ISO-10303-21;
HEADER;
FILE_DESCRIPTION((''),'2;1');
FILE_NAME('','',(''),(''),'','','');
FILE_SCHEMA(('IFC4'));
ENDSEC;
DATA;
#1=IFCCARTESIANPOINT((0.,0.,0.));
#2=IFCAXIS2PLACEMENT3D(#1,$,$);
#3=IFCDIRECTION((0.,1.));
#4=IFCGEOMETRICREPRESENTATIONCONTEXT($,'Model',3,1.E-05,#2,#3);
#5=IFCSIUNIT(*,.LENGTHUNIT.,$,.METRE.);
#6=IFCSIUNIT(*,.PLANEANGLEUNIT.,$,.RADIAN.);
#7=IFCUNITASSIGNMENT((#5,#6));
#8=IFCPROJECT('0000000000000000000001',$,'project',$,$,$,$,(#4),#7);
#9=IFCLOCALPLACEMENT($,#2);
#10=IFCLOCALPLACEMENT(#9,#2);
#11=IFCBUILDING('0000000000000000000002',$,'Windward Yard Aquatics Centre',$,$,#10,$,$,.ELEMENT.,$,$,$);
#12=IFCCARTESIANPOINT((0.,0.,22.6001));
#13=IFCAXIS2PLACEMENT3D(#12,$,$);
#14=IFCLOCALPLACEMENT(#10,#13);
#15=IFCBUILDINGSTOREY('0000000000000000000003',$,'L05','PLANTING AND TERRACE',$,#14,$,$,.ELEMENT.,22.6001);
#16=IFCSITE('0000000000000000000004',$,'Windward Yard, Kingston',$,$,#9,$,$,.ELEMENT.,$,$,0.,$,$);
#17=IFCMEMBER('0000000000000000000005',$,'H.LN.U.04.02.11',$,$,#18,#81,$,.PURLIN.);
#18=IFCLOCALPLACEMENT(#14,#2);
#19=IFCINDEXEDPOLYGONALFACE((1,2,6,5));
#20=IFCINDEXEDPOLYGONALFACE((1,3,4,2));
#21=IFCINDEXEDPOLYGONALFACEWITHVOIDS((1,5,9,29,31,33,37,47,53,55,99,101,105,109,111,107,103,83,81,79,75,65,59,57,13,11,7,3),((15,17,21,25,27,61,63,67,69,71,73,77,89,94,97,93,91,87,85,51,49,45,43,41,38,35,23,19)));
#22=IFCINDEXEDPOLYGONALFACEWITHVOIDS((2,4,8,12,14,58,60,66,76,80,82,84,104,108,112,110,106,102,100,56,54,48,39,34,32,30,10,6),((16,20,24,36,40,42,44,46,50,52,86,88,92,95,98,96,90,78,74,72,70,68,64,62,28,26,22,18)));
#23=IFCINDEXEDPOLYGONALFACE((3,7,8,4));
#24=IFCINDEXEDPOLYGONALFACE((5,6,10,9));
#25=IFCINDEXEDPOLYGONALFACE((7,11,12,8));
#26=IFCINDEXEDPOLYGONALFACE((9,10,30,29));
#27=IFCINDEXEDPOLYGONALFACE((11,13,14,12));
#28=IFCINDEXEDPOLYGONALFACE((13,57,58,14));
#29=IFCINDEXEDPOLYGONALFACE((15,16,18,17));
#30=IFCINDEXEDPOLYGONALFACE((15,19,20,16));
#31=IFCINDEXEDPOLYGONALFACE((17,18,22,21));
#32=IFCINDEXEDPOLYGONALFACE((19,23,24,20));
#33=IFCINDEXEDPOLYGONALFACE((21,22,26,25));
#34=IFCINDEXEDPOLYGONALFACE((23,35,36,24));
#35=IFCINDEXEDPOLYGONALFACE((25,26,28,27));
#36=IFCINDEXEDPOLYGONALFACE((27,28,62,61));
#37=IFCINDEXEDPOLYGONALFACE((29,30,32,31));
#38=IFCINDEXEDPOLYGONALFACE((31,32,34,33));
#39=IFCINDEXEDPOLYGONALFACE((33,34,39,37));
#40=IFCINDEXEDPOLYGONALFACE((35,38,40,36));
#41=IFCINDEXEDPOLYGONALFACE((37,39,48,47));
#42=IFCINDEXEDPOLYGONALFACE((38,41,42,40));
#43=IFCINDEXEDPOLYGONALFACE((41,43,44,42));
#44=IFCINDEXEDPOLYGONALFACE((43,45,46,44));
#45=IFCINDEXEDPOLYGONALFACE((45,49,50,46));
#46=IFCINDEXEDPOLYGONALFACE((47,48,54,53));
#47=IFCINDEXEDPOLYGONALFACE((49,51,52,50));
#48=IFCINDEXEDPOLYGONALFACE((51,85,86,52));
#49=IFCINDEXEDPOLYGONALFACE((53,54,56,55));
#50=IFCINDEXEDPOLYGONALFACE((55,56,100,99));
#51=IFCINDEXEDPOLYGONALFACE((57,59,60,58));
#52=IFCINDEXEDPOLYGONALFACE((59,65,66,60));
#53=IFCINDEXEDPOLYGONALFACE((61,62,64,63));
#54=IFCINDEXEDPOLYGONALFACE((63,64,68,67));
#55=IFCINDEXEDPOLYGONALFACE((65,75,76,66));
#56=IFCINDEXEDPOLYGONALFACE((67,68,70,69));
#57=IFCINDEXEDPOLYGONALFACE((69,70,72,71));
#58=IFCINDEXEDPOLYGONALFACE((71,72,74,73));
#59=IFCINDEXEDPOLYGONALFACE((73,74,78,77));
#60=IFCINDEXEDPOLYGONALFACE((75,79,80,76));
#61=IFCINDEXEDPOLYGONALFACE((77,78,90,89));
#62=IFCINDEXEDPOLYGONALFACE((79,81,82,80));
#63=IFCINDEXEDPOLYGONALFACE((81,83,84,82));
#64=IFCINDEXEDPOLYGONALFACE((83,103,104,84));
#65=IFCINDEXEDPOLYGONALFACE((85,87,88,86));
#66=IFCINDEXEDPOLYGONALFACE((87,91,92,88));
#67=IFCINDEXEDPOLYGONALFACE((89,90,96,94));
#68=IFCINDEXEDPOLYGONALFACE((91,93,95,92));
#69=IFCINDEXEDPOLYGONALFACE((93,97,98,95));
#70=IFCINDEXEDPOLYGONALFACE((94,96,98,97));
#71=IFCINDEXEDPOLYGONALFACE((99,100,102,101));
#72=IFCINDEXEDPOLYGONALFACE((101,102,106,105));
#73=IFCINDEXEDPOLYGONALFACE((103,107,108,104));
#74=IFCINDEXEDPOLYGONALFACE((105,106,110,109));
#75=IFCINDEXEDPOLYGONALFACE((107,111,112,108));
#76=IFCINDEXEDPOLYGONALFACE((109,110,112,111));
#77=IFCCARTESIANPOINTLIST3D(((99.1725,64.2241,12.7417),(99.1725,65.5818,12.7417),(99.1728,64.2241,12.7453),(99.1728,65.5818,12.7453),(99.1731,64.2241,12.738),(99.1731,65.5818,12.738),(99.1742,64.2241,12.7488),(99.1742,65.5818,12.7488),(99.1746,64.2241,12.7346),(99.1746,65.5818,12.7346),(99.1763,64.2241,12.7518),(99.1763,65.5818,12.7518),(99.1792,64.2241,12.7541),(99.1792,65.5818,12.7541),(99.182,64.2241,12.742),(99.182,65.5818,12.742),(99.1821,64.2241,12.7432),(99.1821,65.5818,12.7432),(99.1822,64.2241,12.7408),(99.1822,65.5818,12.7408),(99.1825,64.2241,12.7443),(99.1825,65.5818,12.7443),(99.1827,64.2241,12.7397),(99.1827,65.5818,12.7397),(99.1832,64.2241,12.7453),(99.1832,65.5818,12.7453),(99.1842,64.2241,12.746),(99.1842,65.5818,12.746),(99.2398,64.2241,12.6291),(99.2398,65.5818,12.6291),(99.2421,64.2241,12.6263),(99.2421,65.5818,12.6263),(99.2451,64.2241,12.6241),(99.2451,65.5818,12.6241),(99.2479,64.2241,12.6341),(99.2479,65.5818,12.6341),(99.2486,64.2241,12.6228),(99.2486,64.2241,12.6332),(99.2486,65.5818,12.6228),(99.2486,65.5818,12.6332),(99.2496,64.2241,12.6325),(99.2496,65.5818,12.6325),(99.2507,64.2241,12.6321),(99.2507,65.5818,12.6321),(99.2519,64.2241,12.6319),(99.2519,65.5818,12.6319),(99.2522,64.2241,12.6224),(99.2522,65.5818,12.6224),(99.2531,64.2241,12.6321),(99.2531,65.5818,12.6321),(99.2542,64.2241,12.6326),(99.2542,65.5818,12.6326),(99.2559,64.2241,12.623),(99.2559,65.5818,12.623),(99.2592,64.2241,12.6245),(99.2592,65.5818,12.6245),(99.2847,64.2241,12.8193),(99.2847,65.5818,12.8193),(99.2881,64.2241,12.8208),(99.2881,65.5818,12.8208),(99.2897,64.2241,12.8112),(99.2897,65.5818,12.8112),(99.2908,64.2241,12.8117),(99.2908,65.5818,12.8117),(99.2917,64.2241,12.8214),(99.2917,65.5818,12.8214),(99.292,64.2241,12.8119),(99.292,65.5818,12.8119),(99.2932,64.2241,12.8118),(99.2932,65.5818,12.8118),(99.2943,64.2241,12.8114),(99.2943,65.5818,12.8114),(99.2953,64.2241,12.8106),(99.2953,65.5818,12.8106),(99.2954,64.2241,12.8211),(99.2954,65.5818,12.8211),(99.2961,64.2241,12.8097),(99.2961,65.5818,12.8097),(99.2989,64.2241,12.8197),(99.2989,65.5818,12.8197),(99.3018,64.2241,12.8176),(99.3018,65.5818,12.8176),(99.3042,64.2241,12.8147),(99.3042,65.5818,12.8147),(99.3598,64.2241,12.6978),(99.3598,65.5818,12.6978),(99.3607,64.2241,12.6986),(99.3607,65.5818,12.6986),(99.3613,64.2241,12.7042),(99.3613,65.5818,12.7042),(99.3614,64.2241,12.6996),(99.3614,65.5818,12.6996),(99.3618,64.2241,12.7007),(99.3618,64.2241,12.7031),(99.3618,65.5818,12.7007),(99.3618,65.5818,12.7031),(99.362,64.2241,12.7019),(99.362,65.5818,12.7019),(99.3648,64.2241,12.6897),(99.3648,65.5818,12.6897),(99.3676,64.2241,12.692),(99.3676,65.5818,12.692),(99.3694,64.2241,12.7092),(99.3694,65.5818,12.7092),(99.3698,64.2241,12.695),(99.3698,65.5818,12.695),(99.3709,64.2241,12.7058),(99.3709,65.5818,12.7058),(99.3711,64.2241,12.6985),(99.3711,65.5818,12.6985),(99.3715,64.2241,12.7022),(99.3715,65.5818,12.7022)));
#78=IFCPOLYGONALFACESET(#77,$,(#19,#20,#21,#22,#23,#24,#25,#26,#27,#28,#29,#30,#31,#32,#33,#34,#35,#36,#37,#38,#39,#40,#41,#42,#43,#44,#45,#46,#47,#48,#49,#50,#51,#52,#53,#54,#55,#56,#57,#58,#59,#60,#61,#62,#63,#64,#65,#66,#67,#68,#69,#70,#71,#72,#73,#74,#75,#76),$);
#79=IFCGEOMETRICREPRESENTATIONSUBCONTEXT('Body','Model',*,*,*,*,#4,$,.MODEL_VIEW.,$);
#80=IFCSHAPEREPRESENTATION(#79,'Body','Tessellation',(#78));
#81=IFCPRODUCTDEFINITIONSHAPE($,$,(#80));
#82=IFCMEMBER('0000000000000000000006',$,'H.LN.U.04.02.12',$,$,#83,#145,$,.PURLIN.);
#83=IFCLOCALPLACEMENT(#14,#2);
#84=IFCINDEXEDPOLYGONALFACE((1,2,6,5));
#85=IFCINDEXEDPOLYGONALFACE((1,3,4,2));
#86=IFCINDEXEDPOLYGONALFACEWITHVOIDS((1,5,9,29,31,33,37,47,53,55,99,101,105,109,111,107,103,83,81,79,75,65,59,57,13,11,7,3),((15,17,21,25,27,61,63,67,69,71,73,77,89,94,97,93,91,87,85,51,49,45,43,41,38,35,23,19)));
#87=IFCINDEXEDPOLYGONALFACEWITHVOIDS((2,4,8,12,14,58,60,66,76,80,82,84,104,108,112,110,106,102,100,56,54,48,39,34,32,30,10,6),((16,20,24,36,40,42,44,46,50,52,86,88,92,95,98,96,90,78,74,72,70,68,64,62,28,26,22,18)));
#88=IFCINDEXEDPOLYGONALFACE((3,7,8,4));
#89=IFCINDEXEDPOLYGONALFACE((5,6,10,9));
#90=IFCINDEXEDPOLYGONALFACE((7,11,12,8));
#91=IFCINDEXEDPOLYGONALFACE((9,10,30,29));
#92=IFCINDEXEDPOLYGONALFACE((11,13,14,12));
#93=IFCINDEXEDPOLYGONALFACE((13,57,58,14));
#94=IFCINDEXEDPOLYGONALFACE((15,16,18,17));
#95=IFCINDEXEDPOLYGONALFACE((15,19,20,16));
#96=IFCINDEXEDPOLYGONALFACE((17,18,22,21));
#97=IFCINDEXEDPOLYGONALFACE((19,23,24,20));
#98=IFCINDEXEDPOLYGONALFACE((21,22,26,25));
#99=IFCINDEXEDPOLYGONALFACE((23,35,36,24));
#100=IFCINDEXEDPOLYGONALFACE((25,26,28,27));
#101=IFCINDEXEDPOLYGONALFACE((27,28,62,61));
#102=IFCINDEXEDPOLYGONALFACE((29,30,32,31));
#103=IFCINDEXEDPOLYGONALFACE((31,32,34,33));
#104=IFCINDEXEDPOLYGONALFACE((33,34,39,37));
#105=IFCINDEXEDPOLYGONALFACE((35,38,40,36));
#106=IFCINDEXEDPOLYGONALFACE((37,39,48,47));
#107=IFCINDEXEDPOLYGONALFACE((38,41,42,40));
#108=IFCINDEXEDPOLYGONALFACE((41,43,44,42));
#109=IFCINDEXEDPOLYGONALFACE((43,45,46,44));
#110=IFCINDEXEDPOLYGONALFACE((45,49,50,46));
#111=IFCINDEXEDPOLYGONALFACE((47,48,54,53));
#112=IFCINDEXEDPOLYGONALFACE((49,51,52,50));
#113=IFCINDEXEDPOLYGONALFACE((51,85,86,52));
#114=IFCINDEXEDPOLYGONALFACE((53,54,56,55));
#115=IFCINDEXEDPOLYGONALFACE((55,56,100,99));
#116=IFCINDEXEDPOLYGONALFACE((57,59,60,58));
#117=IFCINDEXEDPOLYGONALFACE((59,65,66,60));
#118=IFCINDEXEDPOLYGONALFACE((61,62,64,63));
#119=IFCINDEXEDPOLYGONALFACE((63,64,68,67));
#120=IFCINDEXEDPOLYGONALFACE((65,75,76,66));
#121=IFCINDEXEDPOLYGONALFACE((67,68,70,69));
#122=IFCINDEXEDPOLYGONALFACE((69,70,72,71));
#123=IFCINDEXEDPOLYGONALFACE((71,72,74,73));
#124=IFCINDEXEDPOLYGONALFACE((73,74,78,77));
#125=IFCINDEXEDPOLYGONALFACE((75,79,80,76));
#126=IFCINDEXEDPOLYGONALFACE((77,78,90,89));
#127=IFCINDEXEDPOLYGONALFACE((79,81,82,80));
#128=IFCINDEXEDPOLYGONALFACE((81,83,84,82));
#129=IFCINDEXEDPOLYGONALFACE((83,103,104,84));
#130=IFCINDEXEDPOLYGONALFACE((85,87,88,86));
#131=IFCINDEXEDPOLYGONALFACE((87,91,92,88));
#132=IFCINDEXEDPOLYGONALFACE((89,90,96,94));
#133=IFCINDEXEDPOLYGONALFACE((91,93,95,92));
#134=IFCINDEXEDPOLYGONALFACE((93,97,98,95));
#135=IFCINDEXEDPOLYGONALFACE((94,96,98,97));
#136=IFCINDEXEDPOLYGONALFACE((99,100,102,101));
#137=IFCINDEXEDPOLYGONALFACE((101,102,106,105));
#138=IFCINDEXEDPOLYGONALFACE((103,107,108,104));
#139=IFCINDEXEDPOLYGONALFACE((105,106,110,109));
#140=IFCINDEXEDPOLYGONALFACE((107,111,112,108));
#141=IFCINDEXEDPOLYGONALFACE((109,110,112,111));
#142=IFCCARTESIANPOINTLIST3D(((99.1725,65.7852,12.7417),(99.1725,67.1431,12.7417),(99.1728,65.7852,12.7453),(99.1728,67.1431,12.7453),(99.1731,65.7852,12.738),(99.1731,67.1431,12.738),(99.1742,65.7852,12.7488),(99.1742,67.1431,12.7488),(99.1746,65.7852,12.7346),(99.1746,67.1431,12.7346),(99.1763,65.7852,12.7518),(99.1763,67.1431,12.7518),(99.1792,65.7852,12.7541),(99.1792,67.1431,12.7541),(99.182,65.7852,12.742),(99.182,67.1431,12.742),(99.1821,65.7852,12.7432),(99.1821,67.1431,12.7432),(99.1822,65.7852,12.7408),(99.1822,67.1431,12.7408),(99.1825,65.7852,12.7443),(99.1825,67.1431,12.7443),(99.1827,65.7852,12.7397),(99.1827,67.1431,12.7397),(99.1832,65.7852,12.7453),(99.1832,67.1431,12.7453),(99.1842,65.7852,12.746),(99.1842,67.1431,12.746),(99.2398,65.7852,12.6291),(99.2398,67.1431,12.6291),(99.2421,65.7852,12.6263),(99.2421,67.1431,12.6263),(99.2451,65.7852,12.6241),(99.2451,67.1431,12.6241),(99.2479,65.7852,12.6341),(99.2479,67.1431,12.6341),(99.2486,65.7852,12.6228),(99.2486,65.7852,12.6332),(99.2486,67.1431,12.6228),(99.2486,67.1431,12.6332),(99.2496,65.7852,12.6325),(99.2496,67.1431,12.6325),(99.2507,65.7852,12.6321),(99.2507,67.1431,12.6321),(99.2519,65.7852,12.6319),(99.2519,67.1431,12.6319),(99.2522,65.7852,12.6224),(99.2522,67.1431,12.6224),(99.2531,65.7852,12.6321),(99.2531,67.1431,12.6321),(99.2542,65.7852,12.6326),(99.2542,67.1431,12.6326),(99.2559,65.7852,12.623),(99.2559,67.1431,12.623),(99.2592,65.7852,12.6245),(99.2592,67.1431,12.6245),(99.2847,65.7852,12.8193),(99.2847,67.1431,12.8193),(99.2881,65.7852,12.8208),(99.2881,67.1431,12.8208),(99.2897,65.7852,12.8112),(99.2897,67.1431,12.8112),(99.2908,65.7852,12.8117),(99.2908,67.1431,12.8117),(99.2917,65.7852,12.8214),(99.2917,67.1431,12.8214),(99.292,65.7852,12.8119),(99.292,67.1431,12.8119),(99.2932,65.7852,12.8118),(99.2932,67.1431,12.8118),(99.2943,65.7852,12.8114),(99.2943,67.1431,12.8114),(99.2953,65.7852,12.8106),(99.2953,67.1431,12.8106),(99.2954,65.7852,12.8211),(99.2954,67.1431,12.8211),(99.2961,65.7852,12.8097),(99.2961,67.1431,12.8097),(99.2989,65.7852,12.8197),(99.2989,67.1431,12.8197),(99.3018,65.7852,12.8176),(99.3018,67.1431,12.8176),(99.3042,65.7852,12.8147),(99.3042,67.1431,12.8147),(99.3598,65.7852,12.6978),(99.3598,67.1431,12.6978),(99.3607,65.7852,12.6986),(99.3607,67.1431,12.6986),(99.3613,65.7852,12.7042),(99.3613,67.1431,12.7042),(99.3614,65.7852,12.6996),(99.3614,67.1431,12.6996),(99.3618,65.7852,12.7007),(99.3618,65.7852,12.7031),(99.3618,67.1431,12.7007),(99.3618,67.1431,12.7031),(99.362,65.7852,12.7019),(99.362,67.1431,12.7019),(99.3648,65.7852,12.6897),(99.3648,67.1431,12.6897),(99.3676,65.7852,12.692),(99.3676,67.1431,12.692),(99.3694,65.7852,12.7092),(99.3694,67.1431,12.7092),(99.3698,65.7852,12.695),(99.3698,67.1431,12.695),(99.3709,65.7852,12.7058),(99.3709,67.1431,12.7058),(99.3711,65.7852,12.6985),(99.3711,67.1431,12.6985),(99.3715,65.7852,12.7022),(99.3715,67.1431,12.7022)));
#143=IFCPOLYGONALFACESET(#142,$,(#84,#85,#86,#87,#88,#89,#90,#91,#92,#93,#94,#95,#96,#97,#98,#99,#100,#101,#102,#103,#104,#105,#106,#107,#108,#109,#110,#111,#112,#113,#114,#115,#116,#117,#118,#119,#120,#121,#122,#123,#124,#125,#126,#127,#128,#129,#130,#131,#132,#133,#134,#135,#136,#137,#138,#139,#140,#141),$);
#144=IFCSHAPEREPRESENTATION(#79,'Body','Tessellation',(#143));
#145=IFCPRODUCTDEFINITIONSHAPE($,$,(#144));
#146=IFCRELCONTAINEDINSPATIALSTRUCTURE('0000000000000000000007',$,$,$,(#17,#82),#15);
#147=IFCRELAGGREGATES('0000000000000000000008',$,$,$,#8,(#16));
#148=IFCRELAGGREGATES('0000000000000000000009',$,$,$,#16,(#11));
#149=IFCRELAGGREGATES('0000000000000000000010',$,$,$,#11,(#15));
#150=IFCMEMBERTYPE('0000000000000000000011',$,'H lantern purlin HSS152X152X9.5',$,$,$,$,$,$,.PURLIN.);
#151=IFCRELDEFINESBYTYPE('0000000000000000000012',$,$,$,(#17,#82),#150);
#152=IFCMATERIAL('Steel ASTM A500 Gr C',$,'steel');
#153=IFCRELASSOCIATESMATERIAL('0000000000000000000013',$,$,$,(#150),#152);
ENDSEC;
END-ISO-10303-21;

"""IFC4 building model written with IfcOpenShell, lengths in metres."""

from ifc_helpers import new_model, si_unit, direction, frame, origin, origin_2d, place, context, subcontext, project, spatial, hollow_rectangle, extrude, material, material_profile, profile_set, type_object, element, save


model = new_model("IFC4")

# Units and contexts
model_context = context("Model", 3, precision=1e-05, world=origin(), true_north=direction((0.0, 1.0)))
body_context = subcontext(model_context, "Body", "Model", "MODEL_VIEW")
ifc_project = project(units=[si_unit("LENGTHUNIT", "METRE"), si_unit("PLANEANGLEUNIT", "RADIAN")], contexts=[model_context])

# Site, building, storey
site_placement = place(None, origin())
site = spatial("IfcSite", under=ifc_project, at=site_placement, Name="Windward Yard, Kingston", CompositionType="ELEMENT", RefElevation=0.0)
building_placement = place(site_placement, origin())
building = spatial("IfcBuilding", under=site, at=building_placement, Name="Windward Yard Aquatics Centre", CompositionType="ELEMENT")
storey_placement = place(building_placement, frame((0.0, 0.0, 22.6001)))
storey = spatial("IfcBuildingStorey", under=building, at=storey_placement, Name="L05", Description="PLANTING AND TERRACE", CompositionType="ELEMENT", Elevation=22.6001)

# Members
ifc_material_1 = material(Name="Steel ASTM A500 Gr C", Category="steel")
ifc_material_profile_1 = material_profile(ifc_material_1, hollow_rectangle(XDim=0.1523, YDim=0.1523, WallThickness=0.0095, InnerFilletRadius=0.0046, OuterFilletRadius=0.0142, at=origin_2d()), Name="HSS152X152X9.5")
ifc_profile_set_1 = profile_set([ifc_material_profile_1], Name="Steel ASTM A500 Gr C")
member_type_1 = type_object("IfcMemberType", Name="H lantern purlin HSS152X152X9.5", PredefinedType="PURLIN", material=ifc_profile_set_1)
member_1_placement = place(storey_placement, frame((99.272, 64.2241, 12.7219), z_axis=(0.0, 1.0, 0.0), x_axis=(-0.850755, 0.0, -0.525562)))
element("IfcMember", 1, at=member_1_placement, inside=storey, type_object=member_type_1, Name="H.LN.U.04.02.11", PredefinedType="PURLIN", context=body_context, shape_type="SweptSolid", body=[
    extrude(hollow_rectangle(XDim=0.1523, YDim=0.1523, WallThickness=0.0095, InnerFilletRadius=0.0046, OuterFilletRadius=0.0142, at=origin_2d()), origin(), (0.0, 0.0, 1.0), 1.3577),
])
for number, where, z_axis, x_axis, name in (
    (2, (99.272, 65.7852, 12.7219), (0.0, 1.0, 0.0), (-0.850755, 0.0, -0.525562), "H.LN.U.04.02.12"),
):
    element("IfcMember", number, at=place(storey_placement, frame(where, z_axis=z_axis, x_axis=x_axis)), inside=storey, type_object=member_type_1, Name=name, PredefinedType="PURLIN", context=body_context, shape_type="SweptSolid", body=[
        extrude(hollow_rectangle(XDim=0.1523, YDim=0.1523, WallThickness=0.0095, InnerFilletRadius=0.0046, OuterFilletRadius=0.0142, at=origin_2d()), origin(), (0.0, 0.0, 1.0), 1.3579),
    ])

save(model, "model.ifc")
